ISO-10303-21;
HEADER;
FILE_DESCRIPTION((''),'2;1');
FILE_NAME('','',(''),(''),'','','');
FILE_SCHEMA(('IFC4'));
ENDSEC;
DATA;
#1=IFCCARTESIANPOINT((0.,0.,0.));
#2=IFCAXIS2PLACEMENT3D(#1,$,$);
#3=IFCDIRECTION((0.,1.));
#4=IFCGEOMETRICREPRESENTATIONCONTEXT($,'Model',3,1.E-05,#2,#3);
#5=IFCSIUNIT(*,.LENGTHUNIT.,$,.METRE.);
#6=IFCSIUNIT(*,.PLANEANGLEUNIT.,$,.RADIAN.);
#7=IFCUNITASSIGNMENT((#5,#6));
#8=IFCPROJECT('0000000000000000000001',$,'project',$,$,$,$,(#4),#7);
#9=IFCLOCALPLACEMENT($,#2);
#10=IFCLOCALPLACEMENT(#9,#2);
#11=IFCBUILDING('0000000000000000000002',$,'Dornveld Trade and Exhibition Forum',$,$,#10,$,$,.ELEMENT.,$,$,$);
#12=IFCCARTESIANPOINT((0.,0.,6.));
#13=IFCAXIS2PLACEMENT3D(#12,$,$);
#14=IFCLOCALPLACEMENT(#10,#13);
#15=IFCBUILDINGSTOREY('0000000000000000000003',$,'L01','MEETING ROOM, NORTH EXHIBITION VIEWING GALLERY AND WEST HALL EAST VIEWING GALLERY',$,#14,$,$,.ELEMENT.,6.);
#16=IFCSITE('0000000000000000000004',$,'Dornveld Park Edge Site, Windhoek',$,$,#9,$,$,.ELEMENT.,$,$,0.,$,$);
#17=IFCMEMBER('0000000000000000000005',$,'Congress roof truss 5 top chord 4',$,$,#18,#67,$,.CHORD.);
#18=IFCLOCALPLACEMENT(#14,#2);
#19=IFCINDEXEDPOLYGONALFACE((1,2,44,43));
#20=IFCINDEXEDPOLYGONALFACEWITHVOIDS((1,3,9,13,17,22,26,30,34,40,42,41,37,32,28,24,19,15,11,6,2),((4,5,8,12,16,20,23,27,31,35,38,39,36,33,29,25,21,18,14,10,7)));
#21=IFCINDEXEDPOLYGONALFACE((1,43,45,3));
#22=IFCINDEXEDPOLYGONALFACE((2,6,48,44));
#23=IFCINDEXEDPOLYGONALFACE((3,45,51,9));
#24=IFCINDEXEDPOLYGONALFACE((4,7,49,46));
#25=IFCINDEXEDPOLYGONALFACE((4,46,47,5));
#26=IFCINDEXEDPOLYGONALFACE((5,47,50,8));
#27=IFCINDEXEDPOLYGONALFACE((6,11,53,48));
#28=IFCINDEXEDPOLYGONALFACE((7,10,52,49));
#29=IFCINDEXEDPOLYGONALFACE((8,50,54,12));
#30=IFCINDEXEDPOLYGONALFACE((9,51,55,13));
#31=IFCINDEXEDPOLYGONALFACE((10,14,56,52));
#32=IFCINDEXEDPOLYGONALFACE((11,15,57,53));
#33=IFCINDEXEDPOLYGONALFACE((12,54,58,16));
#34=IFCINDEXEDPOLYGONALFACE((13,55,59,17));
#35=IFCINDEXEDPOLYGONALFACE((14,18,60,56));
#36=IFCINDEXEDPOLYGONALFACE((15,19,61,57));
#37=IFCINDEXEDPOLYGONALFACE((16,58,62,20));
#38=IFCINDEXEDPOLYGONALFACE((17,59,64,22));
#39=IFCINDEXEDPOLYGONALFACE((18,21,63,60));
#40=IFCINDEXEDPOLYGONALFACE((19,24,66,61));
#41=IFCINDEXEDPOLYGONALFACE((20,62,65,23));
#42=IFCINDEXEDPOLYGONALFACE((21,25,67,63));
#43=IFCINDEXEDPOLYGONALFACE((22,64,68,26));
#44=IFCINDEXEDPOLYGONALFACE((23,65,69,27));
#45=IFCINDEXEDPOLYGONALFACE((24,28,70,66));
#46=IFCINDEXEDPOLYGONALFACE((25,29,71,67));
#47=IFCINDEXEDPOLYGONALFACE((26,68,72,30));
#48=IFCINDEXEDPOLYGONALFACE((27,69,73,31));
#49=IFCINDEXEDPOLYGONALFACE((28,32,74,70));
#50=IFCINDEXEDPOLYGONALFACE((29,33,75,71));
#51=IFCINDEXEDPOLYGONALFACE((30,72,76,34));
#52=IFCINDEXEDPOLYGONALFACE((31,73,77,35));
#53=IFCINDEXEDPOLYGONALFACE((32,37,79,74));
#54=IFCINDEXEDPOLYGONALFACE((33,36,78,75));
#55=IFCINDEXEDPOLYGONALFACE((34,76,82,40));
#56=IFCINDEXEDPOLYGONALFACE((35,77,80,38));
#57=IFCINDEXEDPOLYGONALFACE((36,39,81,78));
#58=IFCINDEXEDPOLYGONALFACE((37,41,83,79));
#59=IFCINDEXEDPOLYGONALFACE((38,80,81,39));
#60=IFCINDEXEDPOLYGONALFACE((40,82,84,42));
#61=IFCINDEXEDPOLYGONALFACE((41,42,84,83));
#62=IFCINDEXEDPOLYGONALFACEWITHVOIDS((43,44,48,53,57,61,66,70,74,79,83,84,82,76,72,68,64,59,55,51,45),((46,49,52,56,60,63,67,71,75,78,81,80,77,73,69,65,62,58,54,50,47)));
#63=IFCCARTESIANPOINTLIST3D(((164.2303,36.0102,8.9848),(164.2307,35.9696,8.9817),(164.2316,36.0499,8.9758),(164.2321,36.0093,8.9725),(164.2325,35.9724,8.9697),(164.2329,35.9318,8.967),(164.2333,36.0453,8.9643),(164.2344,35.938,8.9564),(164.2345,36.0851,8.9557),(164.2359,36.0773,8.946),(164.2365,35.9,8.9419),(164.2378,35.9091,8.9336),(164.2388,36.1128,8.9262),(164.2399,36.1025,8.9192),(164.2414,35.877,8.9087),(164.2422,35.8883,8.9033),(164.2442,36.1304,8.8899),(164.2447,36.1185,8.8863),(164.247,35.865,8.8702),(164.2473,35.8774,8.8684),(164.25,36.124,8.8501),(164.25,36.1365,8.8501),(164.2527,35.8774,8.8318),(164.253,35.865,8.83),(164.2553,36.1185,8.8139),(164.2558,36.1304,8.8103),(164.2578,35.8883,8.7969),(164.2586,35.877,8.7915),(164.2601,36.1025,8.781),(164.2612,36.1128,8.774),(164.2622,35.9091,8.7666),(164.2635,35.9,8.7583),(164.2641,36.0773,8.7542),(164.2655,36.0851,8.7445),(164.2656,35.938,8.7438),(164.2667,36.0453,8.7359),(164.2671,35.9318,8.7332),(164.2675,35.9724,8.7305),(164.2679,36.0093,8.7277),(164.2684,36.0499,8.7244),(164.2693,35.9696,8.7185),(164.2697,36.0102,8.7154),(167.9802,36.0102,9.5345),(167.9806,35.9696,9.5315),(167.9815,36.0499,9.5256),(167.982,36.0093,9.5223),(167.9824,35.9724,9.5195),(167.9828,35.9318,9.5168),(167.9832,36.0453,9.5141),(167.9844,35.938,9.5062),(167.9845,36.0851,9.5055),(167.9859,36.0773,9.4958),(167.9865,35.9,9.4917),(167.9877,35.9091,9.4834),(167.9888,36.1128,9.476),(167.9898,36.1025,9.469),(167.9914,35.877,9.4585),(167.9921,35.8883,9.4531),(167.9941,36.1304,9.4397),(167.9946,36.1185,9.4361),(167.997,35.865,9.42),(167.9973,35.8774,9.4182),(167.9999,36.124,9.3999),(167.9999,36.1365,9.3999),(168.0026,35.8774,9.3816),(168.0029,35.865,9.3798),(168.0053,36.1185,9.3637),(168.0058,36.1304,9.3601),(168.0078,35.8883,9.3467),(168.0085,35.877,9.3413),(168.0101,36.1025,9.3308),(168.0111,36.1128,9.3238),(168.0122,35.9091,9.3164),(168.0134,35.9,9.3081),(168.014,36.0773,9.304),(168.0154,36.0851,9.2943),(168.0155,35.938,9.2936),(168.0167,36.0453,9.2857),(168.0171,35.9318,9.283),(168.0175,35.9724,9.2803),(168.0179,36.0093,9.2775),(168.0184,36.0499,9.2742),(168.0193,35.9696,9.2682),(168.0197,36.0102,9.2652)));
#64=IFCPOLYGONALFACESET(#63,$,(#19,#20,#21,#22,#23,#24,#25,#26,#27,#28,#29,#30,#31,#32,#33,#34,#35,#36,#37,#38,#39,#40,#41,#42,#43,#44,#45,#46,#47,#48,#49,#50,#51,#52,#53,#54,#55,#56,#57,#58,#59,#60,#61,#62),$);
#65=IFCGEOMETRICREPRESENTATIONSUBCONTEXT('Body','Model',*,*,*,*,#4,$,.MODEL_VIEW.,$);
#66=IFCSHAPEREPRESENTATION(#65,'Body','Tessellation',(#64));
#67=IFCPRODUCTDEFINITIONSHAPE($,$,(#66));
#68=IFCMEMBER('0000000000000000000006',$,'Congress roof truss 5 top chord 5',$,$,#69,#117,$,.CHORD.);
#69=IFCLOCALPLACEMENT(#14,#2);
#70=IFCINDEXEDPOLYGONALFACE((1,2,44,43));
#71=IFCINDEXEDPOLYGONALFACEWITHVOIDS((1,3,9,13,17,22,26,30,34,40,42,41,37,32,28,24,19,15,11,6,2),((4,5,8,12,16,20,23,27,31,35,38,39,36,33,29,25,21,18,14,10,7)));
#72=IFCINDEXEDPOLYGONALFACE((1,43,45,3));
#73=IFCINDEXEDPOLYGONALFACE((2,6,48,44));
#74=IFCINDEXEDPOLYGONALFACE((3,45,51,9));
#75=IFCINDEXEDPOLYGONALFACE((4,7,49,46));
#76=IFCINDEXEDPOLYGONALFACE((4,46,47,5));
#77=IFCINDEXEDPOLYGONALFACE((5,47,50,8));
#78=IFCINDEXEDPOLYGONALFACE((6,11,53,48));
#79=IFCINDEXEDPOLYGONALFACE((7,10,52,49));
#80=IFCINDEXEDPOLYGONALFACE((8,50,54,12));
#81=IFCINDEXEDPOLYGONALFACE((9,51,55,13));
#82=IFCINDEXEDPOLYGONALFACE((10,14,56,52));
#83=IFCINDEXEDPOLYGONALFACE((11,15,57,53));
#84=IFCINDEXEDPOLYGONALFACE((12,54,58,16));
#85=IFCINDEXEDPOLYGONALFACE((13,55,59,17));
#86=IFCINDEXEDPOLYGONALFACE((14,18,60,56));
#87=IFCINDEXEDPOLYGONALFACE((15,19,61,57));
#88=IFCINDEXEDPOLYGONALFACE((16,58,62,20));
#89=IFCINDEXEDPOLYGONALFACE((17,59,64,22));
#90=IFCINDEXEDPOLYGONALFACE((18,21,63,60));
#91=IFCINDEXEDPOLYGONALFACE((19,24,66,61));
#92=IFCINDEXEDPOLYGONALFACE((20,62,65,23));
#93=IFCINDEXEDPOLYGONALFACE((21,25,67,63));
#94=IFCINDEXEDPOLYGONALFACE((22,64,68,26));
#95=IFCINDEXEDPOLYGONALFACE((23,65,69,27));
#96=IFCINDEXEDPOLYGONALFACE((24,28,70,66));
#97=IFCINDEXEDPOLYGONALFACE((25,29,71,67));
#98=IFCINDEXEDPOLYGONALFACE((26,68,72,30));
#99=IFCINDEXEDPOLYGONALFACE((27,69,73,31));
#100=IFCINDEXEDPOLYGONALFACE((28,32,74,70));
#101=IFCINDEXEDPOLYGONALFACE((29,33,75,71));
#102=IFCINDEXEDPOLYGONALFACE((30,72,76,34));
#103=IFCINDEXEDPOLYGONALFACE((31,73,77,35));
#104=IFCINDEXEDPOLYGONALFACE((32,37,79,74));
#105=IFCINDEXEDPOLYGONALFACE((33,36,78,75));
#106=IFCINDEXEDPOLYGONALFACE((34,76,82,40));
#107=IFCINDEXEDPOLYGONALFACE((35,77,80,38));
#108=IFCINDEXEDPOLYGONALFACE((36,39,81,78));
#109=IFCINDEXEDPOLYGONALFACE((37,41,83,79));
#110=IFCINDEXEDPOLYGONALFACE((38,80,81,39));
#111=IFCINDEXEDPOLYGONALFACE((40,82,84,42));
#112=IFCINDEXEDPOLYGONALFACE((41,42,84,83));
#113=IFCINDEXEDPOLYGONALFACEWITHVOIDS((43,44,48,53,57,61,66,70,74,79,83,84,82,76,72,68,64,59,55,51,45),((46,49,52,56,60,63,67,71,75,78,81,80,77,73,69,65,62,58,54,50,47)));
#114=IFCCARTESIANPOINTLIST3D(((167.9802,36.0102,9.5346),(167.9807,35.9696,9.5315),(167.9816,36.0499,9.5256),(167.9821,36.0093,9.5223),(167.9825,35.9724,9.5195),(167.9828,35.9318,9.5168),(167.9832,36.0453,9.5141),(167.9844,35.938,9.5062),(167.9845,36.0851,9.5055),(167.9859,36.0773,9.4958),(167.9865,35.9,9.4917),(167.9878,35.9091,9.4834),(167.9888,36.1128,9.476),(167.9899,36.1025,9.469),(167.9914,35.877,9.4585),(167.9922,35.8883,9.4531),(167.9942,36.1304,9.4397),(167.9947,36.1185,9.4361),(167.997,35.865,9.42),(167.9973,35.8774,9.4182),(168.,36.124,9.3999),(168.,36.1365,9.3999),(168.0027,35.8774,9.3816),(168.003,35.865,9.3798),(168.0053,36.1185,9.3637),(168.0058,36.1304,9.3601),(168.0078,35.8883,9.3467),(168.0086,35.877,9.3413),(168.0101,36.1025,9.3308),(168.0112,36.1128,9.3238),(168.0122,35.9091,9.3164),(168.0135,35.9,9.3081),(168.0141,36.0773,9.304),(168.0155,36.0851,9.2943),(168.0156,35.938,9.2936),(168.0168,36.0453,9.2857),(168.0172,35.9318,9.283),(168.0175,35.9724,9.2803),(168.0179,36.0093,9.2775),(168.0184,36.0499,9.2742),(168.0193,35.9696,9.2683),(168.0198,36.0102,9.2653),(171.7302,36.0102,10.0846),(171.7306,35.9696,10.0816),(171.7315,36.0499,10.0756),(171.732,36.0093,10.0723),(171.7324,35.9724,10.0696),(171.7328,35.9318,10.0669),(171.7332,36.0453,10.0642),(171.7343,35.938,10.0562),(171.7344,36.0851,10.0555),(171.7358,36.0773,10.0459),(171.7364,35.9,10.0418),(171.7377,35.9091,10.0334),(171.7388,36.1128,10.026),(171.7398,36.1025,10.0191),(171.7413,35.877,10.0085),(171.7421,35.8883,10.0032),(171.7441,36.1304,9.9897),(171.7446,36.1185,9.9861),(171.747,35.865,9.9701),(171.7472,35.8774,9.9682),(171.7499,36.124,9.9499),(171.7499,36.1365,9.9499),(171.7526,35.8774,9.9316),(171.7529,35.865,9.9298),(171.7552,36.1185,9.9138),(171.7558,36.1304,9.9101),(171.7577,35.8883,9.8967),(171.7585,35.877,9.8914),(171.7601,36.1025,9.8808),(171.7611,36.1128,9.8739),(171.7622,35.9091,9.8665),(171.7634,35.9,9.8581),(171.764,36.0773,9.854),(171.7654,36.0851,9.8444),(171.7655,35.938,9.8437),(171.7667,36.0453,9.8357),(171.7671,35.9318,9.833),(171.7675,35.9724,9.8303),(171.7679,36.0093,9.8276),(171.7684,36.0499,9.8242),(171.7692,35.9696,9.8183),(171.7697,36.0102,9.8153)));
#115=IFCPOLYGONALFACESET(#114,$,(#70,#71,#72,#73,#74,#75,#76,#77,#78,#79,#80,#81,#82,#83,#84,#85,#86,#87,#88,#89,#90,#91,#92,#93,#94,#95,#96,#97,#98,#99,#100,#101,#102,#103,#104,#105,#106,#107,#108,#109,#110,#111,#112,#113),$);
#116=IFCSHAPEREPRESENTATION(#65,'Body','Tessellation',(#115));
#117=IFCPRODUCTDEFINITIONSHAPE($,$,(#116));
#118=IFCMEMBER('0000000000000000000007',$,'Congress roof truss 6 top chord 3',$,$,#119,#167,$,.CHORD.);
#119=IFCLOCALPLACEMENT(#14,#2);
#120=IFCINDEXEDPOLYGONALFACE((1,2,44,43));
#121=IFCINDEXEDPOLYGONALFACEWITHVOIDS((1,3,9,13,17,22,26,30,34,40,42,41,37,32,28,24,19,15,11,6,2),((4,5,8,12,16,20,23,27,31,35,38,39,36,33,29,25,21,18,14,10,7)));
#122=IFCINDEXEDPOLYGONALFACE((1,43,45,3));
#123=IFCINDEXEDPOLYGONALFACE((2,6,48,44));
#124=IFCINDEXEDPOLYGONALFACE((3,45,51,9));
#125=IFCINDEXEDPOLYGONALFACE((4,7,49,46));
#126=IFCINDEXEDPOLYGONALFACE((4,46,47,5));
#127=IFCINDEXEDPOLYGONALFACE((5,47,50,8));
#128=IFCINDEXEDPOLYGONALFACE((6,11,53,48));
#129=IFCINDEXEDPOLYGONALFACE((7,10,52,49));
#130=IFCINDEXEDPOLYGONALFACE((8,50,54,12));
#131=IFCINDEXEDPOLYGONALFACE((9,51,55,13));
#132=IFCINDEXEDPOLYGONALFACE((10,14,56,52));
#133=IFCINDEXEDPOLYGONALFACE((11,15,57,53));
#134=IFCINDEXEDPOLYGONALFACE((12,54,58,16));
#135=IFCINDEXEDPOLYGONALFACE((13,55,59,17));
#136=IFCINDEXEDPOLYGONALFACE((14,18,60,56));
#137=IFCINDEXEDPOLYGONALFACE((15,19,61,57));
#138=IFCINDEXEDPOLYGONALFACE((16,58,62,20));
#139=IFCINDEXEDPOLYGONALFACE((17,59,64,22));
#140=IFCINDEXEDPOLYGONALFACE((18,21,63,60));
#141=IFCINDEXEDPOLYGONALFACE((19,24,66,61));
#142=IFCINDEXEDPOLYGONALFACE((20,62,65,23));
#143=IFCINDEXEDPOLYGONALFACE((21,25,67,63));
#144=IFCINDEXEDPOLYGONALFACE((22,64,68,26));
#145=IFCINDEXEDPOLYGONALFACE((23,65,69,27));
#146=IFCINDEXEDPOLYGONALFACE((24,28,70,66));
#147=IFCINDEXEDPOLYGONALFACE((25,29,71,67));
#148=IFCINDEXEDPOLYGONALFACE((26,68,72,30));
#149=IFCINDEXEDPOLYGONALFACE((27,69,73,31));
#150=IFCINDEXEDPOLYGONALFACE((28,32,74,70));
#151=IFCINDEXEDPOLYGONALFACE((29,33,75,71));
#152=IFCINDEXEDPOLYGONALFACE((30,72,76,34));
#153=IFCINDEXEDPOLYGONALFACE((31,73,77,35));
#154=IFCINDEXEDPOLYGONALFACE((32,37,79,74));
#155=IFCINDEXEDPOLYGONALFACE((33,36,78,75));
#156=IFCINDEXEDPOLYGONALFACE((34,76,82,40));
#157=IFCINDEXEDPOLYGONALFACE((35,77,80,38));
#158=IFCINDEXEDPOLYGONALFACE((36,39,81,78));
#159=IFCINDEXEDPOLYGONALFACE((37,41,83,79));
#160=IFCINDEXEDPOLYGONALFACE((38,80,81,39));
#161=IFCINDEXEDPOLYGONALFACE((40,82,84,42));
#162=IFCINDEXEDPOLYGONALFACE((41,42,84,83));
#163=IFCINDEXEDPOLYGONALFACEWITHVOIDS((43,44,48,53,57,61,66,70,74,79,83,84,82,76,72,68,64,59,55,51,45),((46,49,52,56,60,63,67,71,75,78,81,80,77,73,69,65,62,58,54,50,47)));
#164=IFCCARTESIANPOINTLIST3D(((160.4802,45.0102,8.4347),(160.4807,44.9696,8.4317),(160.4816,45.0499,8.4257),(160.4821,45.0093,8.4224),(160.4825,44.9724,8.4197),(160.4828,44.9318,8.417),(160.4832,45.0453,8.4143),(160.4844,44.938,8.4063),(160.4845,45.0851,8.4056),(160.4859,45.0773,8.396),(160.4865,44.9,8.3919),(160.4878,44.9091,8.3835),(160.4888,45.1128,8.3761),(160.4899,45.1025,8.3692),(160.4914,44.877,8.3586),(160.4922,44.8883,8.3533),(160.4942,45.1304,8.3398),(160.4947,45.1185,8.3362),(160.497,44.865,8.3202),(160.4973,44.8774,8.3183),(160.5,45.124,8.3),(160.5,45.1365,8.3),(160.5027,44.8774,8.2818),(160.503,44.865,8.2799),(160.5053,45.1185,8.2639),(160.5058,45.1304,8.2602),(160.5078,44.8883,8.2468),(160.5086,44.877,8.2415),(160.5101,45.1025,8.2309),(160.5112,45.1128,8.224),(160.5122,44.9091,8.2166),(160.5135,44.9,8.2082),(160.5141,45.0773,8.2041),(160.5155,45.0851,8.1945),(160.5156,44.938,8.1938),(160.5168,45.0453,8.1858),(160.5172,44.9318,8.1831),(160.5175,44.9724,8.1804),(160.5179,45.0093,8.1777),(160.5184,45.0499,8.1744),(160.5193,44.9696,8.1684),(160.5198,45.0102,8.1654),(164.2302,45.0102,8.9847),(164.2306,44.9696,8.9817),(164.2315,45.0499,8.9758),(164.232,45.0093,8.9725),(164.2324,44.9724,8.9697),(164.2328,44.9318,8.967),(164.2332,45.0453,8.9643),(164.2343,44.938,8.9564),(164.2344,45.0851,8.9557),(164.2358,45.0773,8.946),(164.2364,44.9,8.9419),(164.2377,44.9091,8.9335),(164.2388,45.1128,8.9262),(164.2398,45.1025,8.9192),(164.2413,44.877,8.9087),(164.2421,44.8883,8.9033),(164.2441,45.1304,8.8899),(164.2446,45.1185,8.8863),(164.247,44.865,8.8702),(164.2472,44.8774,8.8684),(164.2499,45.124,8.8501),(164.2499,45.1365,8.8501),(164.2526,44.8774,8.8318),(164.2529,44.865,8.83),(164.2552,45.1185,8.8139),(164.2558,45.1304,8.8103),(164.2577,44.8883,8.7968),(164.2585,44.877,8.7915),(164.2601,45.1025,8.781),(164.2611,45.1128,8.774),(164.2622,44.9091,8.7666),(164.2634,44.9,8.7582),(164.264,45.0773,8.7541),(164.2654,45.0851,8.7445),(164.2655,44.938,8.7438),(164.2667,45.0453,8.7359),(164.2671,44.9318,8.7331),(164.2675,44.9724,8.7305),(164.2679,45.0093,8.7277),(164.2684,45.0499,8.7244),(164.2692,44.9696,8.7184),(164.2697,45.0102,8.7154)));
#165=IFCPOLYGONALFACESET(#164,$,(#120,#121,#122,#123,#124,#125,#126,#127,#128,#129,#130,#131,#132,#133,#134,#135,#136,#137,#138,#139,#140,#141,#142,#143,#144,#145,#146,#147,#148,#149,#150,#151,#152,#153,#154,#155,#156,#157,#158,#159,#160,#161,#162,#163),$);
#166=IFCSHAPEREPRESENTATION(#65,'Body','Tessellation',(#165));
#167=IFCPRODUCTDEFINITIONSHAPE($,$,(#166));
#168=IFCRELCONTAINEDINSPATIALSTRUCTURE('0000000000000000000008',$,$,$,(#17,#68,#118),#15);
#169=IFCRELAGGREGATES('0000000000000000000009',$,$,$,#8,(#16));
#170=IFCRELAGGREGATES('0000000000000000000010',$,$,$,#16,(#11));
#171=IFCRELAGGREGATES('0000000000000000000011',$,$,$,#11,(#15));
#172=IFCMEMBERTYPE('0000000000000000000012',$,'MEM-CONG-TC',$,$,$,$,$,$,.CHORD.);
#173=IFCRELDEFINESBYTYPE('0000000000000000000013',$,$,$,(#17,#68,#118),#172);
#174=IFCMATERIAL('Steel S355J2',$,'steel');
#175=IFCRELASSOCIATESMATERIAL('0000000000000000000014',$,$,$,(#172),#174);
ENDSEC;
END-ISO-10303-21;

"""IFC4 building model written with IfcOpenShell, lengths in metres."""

from ifc_helpers import new_model, si_unit, direction, frame, origin, origin_2d, place, context, subcontext, project, spatial, hollow_circle, extrude, material, material_profile, profile_set, type_object, element, save


model = new_model("IFC4")

# Units and contexts
model_context = context("Model", 3, precision=1e-05, world=origin(), true_north=direction((0.0, 1.0)))
body_context = subcontext(model_context, "Body", "Model", "MODEL_VIEW")
ifc_project = project(units=[si_unit("LENGTHUNIT", "METRE"), si_unit("PLANEANGLEUNIT", "RADIAN")], contexts=[model_context])

# Site, building, storey
site_placement = place(None, origin())
site = spatial("IfcSite", under=ifc_project, at=site_placement, Name="Dornveld Park Edge Site, Windhoek", CompositionType="ELEMENT", RefElevation=0.0)
building_placement = place(site_placement, origin())
building = spatial("IfcBuilding", under=site, at=building_placement, Name="Dornveld Trade and Exhibition Forum", CompositionType="ELEMENT")
storey_placement = place(building_placement, frame((0.0, 0.0, 6.0)))
storey = spatial("IfcBuildingStorey", under=building, at=storey_placement, Name="L01", Description="MEETING ROOM, NORTH EXHIBITION VIEWING GALLERY AND WEST HALL EAST VIEWING GALLERY", CompositionType="ELEMENT", Elevation=6.0)

# Members
ifc_material_1 = material(Name="Steel S355J2", Category="steel")
ifc_material_profile_1 = material_profile(ifc_material_1, hollow_circle(Radius=0.1365, WallThickness=0.0125, at=origin_2d()), Name="CHS 273x12.5")
ifc_profile_set_1 = profile_set([ifc_material_profile_1], Name="Steel S355J2")
member_type_1 = type_object("IfcMemberType", Name="MEM-CONG-TC", PredefinedType="CHORD", material=ifc_profile_set_1)
for number, where, z_axis, x_axis, name in (
    (1, (164.25, 36.0, 8.8501), (0.989422, 0.0, 0.145064), (0.0, 1.0, 0.0), "Congress roof truss 5 top chord 4"),
    (2, (168.0, 36.0, 9.3999), (0.989413, 0.0, 0.145127), (0.0, 1.0, 0.0), "Congress roof truss 5 top chord 5"),
    (3, (160.5, 45.0, 8.3), (0.989413, 0.0, 0.145127), (0.0, 1.0, 0.0), "Congress roof truss 6 top chord 3"),
):
    element("IfcMember", number, at=place(storey_placement, frame(where, z_axis=z_axis, x_axis=x_axis)), inside=storey, type_object=member_type_1, Name=name, PredefinedType="CHORD", context=body_context, shape_type="SweptSolid", body=[
        extrude(hollow_circle(Radius=0.1365, WallThickness=0.0125, at=origin_2d()), origin(), (0.0, 0.0, 1.0), 3.79),
    ])

save(model, "model.ifc")
